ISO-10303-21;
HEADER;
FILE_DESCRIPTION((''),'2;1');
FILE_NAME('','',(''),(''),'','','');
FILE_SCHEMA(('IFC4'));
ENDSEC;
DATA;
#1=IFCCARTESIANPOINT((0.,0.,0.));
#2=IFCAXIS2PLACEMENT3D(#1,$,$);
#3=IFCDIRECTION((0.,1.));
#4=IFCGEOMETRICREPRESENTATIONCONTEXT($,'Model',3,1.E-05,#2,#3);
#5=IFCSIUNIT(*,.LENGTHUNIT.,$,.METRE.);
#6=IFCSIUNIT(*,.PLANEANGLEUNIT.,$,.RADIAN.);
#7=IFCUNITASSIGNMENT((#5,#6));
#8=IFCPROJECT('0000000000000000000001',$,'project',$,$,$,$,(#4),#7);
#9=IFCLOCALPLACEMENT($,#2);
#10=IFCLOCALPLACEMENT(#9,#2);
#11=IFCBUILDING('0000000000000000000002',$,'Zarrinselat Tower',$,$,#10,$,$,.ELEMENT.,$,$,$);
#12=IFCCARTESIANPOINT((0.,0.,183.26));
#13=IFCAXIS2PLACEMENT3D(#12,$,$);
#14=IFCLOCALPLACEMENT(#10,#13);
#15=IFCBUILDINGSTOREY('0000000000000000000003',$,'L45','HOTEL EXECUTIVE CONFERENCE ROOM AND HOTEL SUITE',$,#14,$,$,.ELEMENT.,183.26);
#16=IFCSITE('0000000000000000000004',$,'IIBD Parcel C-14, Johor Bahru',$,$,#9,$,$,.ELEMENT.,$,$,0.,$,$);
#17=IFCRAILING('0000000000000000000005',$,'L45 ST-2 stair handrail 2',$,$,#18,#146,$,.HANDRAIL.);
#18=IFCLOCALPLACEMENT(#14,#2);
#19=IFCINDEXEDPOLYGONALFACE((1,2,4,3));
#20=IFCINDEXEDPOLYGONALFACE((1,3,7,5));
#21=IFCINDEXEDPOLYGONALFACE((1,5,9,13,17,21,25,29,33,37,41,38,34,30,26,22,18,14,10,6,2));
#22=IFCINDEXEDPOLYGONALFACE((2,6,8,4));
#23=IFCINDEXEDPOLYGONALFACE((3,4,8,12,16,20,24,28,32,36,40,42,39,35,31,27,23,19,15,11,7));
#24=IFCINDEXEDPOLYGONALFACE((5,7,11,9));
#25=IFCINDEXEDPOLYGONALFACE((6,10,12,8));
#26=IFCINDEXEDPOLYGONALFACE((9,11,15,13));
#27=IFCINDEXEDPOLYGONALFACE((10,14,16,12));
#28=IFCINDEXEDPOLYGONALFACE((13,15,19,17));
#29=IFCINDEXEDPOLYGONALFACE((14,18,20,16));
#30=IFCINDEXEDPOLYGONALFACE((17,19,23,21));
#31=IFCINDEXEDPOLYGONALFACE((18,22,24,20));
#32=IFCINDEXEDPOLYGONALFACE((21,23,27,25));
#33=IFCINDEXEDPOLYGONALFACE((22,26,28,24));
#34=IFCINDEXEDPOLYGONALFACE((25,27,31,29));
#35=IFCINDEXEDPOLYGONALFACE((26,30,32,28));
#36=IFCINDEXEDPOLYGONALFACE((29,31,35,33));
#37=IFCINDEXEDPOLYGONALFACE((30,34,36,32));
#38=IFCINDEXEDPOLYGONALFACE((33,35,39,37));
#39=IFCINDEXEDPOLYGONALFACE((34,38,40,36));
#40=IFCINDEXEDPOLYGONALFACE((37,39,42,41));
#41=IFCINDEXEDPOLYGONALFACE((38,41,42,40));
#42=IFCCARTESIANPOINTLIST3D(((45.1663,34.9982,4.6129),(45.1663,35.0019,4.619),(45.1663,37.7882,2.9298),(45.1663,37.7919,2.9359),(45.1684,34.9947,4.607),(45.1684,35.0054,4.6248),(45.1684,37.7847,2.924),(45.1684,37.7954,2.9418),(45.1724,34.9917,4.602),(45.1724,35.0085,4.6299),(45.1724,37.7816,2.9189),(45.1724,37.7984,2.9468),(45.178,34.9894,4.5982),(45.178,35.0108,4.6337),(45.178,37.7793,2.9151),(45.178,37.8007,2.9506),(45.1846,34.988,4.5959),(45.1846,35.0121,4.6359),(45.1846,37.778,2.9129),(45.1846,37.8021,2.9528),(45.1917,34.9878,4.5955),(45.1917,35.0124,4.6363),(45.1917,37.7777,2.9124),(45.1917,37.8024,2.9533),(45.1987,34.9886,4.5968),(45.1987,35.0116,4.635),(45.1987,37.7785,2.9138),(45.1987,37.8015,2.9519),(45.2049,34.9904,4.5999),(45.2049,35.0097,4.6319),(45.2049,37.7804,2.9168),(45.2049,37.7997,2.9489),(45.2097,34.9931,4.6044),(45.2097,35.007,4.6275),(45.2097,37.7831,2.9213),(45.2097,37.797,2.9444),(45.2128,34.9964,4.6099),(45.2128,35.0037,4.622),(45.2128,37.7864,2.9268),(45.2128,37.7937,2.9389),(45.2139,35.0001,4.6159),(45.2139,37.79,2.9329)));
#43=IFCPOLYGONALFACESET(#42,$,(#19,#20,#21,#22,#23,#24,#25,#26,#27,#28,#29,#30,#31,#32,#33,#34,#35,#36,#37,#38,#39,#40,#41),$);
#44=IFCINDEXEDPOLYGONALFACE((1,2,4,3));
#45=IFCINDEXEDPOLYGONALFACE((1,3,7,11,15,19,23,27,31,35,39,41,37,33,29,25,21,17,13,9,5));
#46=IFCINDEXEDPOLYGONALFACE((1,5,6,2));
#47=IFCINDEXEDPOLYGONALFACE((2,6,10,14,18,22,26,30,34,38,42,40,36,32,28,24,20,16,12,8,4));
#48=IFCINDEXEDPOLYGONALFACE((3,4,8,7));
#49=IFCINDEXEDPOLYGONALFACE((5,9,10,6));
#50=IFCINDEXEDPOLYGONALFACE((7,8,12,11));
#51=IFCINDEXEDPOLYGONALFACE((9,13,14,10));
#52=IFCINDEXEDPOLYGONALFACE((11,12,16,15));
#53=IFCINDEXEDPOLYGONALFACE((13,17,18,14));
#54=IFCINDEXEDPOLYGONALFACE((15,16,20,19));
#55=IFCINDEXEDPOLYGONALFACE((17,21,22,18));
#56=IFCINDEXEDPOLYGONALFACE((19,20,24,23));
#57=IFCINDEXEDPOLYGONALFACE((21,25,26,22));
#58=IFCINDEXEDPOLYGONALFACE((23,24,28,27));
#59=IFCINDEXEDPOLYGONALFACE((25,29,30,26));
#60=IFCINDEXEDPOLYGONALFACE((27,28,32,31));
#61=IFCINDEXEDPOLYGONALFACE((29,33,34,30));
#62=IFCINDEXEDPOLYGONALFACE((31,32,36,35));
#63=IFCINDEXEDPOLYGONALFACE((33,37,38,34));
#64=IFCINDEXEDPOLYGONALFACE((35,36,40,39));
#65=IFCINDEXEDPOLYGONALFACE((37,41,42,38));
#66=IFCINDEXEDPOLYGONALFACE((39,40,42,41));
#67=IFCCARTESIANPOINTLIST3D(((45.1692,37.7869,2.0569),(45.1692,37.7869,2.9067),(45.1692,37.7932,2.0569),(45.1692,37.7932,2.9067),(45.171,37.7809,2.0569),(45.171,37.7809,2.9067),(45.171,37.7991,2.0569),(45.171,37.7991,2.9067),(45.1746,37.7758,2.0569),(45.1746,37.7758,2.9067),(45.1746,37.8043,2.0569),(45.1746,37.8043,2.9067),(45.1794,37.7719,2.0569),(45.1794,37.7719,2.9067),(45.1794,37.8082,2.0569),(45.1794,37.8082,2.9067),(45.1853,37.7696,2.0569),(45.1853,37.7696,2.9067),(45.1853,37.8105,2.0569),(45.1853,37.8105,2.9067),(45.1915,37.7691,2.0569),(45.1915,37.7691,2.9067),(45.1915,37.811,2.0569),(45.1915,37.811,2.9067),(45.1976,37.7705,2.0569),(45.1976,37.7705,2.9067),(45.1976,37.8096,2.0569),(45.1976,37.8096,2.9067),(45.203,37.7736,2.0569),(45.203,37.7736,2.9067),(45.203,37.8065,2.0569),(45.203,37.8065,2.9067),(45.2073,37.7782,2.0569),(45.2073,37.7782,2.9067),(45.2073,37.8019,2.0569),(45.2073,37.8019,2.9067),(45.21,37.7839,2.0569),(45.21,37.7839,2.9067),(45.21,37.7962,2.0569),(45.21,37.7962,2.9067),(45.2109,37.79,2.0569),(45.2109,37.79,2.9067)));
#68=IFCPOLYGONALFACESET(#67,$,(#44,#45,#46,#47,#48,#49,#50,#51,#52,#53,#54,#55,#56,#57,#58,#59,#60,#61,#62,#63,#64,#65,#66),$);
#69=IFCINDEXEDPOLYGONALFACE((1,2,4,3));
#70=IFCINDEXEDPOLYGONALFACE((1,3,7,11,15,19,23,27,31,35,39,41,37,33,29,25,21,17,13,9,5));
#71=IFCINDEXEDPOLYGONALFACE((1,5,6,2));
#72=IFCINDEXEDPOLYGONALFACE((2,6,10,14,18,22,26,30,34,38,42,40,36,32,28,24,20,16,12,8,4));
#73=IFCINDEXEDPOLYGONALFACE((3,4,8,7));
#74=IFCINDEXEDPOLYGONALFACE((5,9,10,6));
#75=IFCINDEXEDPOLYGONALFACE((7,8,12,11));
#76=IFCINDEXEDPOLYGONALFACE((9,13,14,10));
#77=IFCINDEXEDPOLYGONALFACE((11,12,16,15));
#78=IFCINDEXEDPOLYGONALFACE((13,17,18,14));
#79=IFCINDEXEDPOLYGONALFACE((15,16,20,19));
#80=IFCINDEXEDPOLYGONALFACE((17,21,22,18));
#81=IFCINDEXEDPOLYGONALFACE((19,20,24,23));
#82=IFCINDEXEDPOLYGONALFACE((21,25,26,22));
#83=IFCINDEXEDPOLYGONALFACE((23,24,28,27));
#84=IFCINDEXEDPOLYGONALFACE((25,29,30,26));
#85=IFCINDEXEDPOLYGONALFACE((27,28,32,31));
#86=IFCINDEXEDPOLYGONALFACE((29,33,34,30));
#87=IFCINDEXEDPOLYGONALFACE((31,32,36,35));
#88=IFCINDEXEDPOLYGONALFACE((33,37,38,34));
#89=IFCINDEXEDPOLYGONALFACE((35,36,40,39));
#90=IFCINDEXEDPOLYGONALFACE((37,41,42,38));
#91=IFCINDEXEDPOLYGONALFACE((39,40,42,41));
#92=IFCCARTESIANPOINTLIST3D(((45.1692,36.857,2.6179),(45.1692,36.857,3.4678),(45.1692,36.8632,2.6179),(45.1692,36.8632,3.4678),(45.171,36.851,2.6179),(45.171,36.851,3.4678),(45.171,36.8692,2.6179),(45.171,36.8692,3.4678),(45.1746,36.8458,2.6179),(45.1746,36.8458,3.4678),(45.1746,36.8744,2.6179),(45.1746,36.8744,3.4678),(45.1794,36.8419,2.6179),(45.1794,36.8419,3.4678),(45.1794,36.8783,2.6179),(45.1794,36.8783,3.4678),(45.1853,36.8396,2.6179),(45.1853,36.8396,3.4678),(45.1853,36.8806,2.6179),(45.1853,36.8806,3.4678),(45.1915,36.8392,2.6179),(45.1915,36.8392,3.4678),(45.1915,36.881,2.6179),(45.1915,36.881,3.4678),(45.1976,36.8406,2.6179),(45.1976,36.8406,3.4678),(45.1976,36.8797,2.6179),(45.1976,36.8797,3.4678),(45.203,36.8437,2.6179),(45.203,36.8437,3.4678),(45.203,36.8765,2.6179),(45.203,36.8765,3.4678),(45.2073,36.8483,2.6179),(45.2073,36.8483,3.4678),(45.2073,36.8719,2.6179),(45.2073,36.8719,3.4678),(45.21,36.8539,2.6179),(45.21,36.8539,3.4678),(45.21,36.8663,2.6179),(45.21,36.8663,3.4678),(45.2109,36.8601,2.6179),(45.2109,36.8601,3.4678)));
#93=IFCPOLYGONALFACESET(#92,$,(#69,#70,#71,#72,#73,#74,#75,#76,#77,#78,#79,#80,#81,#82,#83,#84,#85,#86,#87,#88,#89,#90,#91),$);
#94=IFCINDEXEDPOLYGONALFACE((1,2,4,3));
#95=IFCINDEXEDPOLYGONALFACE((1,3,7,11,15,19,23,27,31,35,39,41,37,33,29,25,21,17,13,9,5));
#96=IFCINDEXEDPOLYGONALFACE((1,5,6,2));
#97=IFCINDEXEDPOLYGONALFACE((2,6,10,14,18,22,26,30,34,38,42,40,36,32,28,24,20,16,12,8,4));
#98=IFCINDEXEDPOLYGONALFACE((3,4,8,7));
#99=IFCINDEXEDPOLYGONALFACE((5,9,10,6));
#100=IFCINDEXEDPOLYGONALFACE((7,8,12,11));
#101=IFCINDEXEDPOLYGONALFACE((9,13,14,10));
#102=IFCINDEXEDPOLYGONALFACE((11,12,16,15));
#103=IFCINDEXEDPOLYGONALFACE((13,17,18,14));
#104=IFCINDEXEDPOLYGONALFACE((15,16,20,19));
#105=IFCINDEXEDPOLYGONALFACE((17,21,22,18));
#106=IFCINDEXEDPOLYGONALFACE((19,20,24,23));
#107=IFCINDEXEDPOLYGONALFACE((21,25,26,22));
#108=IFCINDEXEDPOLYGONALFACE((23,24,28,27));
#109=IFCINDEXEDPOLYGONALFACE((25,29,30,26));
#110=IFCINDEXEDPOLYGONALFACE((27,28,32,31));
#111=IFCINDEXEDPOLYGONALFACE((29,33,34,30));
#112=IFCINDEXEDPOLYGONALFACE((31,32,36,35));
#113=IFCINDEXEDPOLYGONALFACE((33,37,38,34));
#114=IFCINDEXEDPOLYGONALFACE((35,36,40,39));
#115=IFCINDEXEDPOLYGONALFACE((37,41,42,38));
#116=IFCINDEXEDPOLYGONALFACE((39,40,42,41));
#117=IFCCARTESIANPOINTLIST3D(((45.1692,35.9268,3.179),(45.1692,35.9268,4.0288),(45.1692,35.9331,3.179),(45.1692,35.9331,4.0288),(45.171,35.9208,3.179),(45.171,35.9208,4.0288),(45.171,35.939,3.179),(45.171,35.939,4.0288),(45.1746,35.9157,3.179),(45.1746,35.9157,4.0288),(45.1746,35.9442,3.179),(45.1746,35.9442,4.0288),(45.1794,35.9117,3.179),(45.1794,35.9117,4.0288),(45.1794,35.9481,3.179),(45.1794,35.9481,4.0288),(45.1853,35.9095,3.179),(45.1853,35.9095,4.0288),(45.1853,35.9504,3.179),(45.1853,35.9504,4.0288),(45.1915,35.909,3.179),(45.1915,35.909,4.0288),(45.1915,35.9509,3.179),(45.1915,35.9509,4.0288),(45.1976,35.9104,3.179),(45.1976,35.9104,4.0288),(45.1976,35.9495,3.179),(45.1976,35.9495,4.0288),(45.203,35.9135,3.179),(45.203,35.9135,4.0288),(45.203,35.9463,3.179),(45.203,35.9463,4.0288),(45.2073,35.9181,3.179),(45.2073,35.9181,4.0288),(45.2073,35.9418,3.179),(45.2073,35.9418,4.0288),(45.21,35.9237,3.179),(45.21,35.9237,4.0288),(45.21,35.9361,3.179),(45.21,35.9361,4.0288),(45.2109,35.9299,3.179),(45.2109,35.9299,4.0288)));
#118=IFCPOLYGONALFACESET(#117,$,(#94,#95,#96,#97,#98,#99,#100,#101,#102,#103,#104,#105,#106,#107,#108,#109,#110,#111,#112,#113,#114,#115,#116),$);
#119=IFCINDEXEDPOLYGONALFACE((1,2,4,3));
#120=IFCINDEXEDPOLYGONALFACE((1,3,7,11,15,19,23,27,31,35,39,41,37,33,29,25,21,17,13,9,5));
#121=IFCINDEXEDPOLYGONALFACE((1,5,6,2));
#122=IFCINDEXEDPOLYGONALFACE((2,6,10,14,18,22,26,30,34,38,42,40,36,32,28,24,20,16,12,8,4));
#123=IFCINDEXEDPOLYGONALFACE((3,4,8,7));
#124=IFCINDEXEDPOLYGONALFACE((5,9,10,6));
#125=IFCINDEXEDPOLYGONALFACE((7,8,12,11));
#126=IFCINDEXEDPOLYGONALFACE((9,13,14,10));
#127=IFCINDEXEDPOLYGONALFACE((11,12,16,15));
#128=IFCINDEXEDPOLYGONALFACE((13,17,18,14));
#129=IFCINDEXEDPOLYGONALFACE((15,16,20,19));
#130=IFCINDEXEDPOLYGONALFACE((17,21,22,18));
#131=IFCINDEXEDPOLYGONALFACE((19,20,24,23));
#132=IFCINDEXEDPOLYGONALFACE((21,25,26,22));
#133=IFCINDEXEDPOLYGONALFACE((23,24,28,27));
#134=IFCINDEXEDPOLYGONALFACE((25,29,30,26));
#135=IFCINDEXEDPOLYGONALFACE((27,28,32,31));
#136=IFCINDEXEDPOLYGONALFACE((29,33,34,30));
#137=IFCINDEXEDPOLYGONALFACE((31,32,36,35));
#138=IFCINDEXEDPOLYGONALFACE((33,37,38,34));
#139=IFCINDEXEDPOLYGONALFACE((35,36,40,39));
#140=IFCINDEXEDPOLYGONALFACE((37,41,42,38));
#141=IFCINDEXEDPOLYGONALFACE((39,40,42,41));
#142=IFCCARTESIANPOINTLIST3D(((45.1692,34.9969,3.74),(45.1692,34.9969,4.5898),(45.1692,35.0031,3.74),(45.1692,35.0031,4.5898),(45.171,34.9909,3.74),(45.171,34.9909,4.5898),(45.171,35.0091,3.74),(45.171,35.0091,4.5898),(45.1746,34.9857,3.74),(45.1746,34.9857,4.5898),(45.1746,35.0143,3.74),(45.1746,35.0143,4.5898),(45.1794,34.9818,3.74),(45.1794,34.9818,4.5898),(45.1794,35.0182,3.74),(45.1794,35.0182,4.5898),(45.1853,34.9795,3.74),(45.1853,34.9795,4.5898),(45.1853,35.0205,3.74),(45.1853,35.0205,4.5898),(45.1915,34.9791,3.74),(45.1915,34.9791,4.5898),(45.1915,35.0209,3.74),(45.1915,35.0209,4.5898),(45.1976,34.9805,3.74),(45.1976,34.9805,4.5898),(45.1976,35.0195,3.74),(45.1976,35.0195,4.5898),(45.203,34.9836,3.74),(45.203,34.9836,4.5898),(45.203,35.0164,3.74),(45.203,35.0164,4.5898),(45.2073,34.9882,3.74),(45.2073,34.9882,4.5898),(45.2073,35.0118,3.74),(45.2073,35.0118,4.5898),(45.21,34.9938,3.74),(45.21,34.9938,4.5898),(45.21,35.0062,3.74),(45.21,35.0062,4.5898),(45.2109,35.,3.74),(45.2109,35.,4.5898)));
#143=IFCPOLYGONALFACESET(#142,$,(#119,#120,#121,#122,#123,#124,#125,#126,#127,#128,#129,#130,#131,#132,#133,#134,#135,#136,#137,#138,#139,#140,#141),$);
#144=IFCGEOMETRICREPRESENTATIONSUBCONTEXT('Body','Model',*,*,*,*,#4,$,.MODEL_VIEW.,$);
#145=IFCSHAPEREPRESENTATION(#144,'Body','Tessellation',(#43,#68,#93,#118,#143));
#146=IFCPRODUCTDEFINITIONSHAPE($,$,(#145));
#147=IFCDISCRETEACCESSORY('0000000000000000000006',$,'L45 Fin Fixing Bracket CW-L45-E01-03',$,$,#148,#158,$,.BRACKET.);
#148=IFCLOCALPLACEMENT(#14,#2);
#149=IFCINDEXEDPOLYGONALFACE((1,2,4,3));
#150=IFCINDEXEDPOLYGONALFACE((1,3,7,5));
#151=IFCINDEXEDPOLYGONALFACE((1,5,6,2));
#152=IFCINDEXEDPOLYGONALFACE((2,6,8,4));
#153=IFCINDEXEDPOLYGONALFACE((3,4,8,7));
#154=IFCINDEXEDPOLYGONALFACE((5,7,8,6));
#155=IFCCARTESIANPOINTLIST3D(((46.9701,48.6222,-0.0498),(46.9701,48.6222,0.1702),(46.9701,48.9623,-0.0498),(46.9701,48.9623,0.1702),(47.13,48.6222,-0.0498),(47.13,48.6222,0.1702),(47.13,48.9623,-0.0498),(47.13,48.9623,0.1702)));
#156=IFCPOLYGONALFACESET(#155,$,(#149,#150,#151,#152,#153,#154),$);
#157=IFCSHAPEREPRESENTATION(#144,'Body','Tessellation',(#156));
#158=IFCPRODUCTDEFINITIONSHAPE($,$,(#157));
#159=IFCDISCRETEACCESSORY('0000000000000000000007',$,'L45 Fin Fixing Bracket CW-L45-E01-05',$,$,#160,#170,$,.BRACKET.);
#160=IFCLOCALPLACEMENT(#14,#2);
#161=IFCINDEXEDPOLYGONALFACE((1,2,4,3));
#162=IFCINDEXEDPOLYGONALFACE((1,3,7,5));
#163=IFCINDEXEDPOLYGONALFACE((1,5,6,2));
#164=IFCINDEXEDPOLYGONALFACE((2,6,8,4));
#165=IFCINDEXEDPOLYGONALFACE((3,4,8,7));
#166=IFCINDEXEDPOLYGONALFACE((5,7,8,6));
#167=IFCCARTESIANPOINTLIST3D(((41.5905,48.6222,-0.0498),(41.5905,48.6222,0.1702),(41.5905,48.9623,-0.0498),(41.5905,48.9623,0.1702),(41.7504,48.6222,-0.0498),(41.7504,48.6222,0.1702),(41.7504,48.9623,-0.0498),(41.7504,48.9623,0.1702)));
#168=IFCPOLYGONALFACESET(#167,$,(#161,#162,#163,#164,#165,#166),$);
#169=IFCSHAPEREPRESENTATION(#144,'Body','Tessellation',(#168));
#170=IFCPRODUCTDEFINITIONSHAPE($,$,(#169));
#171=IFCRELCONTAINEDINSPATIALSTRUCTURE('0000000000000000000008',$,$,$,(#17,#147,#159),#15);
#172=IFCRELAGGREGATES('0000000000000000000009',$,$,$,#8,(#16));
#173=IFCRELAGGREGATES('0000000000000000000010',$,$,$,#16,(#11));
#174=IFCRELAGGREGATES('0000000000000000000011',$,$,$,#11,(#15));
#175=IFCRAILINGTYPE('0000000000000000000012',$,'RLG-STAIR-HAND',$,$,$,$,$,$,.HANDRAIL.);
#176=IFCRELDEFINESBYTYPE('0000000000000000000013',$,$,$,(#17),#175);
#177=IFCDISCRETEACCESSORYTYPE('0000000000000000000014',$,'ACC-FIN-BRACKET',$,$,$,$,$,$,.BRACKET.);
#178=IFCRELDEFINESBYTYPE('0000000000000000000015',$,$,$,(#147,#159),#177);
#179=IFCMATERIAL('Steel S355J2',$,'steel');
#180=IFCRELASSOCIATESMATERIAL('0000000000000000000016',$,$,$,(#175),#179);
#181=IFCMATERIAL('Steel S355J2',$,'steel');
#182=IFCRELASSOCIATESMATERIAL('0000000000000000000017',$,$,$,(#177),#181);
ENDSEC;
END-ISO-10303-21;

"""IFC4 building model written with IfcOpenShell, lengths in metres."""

from ifc_helpers import new_model, si_unit, direction, frame, origin, origin_2d, place, context, subcontext, project, spatial, rectangle, circle, extrude, material, type_object, element, save


model = new_model("IFC4")

# Units and contexts
model_context = context("Model", 3, precision=1e-05, world=origin(), true_north=direction((0.0, 1.0)))
body_context = subcontext(model_context, "Body", "Model", "MODEL_VIEW")
ifc_project = project(units=[si_unit("LENGTHUNIT", "METRE"), si_unit("PLANEANGLEUNIT", "RADIAN")], contexts=[model_context])

# Site, building, storey
site_placement = place(None, origin())
site = spatial("IfcSite", under=ifc_project, at=site_placement, Name="IIBD Parcel C-14, Johor Bahru", CompositionType="ELEMENT", RefElevation=0.0)
building_placement = place(site_placement, origin())
building = spatial("IfcBuilding", under=site, at=building_placement, Name="Zarrinselat Tower", CompositionType="ELEMENT")
storey_placement = place(building_placement, frame((0.0, 0.0, 183.26)))
storey = spatial("IfcBuildingStorey", under=building, at=storey_placement, Name="L45", Description="HOTEL EXECUTIVE CONFERENCE ROOM AND HOTEL SUITE", CompositionType="ELEMENT", Elevation=183.26)

# Railing
ifc_material_1 = material(Name="Steel S355J2", Category="steel")
railing_type_1 = type_object("IfcRailingType", Name="RLG-STAIR-HAND", PredefinedType="HANDRAIL", material=ifc_material_1)
railing_1_placement = place(storey_placement, frame((45.1899, 37.79, 2.0569)))
element("IfcRailing", 1, at=railing_1_placement, inside=storey, type_object=railing_type_1, Name="L45 ST-2 stair handrail 2", PredefinedType="HANDRAIL", context=body_context, shape_type="SweptSolid", body=[
    extrude(circle(Radius=0.0239, at=origin_2d()), frame((0.0, 0.0, 0.876), z_axis=(0.0, -0.856261, 0.516544), x_axis=(1.0, 0.0, 0.0)), (0.0, 0.0, 1.0), 3.2583),
    extrude(circle(Radius=0.021, at=origin_2d()), origin(), (0.0, 0.0, 1.0), 0.8499),
    extrude(circle(Radius=0.021, at=origin_2d()), frame((0.0, -0.9299, 0.561)), (0.0, 0.0, 1.0), 0.8499),
    extrude(circle(Radius=0.021, at=origin_2d()), frame((0.0, -1.8601, 1.1221)), (0.0, 0.0, 1.0), 0.8499),
    extrude(circle(Radius=0.021, at=origin_2d()), frame((0.0, -2.79, 1.6831)), (0.0, 0.0, 1.0), 0.8499),
])

# Discrete accessories
ifc_material_2 = material(Name="Steel S355J2", Category="steel")
discrete_accessory_type = type_object("IfcDiscreteAccessoryType", Name="ACC-FIN-BRACKET", PredefinedType="BRACKET", material=ifc_material_2)
for number, where, z_axis, x_axis, name in (
    (2, (47.05, 48.7922, -0.0498), (0.0, 0.0, 1.0), (0.0, 1.0, 0.0), "L45 Fin Fixing Bracket CW-L45-E01-03"),
    (3, (41.6704, 48.7922, -0.0498), (0.0, 0.0, 1.0), (0.0, 1.0, 0.0), "L45 Fin Fixing Bracket CW-L45-E01-05"),
):
    element("IfcDiscreteAccessory", number, at=place(storey_placement, frame(where, z_axis=z_axis, x_axis=x_axis)), inside=storey, type_object=discrete_accessory_type, Name=name, PredefinedType="BRACKET", context=body_context, shape_type="SweptSolid", body=[
        extrude(rectangle(XDim=0.3401, YDim=0.1599, at=origin_2d()), origin(), (0.0, 0.0, 1.0), 0.22),
    ])

save(model, "model.ifc")
